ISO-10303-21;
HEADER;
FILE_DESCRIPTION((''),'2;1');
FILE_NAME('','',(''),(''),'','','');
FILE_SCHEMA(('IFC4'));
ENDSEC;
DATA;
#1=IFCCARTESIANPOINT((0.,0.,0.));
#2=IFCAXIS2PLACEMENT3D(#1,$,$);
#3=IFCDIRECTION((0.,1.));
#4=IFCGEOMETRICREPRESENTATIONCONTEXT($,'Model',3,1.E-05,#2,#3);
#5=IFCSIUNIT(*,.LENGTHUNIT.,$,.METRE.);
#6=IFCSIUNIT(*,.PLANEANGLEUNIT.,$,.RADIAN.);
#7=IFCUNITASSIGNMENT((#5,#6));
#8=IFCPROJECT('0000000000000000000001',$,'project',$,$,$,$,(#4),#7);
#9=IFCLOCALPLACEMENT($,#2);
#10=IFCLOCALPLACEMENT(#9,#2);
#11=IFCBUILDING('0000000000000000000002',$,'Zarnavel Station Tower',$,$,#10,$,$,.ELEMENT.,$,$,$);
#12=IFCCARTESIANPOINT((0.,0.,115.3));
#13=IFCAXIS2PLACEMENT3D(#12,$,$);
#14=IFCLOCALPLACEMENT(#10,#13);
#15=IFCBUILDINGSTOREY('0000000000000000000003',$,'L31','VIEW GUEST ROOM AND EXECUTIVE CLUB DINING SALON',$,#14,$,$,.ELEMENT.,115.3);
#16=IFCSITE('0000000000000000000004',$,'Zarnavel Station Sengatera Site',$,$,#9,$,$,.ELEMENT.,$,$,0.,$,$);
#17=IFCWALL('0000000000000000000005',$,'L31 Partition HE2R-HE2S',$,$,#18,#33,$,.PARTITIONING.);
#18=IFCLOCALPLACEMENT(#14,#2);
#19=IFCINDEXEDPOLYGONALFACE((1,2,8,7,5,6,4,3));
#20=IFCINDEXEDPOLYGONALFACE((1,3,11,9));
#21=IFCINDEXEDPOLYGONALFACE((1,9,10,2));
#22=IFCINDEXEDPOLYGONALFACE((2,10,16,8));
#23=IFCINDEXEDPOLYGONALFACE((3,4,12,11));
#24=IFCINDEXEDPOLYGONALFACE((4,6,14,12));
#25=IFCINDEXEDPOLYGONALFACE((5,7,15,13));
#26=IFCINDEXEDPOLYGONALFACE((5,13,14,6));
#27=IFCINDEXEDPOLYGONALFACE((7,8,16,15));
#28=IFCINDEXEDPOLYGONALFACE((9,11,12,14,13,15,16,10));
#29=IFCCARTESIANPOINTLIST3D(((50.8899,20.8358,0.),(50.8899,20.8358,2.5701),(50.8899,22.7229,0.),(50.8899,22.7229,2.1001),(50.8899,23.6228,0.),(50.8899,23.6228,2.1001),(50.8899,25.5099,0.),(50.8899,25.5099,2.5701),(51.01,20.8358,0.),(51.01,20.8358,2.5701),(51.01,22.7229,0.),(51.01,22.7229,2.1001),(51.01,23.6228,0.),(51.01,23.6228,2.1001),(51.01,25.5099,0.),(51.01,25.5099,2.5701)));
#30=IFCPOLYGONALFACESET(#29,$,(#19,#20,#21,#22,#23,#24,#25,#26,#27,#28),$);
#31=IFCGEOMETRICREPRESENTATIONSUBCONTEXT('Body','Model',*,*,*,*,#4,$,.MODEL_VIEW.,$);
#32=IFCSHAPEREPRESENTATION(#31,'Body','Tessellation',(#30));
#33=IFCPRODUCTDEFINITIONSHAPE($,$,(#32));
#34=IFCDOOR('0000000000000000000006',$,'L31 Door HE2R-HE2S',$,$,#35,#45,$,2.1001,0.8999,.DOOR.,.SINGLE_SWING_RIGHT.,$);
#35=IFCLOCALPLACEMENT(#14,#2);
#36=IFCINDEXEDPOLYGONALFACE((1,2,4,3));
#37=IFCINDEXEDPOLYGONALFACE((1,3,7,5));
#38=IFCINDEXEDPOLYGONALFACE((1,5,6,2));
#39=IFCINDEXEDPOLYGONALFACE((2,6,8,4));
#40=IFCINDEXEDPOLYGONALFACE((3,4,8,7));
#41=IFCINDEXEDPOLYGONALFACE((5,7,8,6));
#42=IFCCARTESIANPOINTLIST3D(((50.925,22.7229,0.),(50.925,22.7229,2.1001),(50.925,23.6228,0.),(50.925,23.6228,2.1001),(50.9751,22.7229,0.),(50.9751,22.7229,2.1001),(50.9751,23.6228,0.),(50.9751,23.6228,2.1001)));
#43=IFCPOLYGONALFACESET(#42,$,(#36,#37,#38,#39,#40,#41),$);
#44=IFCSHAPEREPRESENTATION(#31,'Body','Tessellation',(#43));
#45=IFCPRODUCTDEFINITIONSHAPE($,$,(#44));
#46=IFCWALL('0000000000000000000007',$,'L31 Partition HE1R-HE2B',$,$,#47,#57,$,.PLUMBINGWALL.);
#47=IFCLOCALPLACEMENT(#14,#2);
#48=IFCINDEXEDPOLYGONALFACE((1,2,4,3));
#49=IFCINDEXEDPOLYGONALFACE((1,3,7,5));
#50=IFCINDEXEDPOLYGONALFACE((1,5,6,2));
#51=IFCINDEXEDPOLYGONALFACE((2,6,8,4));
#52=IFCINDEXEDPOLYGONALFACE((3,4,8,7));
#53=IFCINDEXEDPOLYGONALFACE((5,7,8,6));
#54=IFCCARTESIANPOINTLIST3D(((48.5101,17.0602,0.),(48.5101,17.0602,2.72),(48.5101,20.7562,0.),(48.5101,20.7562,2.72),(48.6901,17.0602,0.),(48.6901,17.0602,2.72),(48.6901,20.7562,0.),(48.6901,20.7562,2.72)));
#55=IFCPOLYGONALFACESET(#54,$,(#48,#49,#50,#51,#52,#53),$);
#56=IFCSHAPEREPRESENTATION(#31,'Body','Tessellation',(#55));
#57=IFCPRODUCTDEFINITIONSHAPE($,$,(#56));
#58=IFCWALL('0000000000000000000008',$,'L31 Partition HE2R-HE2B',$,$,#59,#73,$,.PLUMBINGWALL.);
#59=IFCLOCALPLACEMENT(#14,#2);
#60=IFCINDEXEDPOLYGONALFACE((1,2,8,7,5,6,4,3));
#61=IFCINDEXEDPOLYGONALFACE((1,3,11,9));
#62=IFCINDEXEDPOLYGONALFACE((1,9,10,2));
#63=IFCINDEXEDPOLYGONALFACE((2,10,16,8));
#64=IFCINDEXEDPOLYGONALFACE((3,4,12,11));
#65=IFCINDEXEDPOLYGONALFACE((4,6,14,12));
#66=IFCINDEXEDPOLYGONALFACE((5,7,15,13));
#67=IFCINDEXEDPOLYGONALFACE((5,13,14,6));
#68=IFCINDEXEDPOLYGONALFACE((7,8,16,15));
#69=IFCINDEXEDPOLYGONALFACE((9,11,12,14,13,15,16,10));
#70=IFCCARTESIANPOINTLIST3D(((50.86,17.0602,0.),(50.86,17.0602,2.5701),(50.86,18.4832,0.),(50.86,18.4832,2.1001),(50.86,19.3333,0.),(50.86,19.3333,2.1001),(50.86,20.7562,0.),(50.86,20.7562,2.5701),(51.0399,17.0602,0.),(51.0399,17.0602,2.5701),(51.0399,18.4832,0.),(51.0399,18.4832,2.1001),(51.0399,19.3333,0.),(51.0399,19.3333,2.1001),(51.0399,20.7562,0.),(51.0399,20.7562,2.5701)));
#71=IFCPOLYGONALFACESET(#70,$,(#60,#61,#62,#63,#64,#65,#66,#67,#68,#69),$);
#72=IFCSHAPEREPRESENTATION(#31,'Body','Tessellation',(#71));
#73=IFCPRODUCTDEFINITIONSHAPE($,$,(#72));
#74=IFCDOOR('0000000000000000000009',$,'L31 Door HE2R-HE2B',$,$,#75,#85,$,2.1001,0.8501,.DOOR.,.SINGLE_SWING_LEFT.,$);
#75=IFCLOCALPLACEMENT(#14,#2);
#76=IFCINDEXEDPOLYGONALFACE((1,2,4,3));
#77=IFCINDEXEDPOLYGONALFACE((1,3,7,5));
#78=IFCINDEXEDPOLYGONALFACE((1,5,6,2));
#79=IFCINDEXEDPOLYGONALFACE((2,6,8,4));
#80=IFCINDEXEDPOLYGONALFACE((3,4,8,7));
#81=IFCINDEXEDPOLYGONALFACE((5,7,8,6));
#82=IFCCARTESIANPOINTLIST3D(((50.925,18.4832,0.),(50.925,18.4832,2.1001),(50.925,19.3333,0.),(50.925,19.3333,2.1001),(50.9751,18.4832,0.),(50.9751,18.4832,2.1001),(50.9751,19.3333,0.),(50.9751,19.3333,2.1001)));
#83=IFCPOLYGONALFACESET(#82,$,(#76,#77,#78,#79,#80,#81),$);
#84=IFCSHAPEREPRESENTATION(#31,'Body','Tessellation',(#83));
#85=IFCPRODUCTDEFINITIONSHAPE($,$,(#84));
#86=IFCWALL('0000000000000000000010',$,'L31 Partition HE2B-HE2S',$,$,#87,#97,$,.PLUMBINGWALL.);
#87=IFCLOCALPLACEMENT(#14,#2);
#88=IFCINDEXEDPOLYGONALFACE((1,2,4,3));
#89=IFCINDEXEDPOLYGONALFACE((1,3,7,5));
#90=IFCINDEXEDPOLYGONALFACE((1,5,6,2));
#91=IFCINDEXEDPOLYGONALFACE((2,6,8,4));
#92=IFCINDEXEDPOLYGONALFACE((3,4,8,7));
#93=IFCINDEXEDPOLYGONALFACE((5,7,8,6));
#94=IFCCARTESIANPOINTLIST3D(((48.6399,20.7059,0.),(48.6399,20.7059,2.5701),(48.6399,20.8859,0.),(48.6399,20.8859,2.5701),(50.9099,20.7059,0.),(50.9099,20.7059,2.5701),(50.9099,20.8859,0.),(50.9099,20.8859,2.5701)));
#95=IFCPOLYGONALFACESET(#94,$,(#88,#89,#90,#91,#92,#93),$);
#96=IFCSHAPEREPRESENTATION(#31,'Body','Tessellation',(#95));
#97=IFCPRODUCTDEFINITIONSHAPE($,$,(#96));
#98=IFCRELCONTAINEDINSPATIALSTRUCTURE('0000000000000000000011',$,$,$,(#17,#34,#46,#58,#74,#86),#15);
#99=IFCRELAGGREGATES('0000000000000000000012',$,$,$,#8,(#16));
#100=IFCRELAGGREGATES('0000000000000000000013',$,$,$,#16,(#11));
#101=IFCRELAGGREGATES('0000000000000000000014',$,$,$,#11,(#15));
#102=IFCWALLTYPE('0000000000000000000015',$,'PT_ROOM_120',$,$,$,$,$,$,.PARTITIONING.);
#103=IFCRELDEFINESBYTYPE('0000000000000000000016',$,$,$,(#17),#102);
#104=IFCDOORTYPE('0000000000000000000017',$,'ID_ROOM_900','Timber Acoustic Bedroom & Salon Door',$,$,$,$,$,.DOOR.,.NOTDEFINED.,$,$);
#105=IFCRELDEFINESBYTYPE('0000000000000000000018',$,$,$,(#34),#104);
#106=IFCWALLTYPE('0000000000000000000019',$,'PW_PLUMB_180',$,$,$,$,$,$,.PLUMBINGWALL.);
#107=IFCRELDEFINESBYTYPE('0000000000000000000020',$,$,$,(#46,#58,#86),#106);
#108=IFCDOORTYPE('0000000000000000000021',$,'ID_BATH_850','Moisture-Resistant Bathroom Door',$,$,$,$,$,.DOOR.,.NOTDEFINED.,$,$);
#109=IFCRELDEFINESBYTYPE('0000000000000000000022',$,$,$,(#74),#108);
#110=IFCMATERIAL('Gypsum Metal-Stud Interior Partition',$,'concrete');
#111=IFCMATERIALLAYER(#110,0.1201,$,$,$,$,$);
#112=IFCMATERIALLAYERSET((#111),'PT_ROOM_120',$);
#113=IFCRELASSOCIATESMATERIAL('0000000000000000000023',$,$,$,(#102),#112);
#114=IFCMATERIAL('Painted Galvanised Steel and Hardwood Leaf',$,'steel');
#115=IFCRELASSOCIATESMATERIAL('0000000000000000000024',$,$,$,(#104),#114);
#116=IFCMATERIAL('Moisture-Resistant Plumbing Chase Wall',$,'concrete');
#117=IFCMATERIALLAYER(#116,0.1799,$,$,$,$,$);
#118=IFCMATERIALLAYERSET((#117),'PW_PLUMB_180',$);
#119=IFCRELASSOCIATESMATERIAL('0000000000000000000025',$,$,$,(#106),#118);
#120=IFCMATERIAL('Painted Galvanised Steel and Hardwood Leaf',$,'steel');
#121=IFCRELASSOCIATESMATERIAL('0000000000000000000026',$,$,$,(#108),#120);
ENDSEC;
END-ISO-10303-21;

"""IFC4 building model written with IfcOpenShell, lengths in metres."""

from ifc_helpers import new_model, si_unit, direction, frame, frame_2d, origin, place, context, subcontext, project, spatial, rectangle, extrude, material, layer, layer_set, type_object, element, fill, save


model = new_model("IFC4")

# Units and contexts
model_context = context("Model", 3, precision=1e-05, world=origin(), true_north=direction((0.0, 1.0)))
body_context = subcontext(model_context, "Body", "Model", "MODEL_VIEW")
ifc_project = project(units=[si_unit("LENGTHUNIT", "METRE"), si_unit("PLANEANGLEUNIT", "RADIAN")], contexts=[model_context])

# Site, building, storey
site_placement = place(None, origin())
site = spatial("IfcSite", under=ifc_project, at=site_placement, Name="Zarnavel Station Sengatera Site", CompositionType="ELEMENT", RefElevation=0.0)
building_placement = place(site_placement, origin())
building = spatial("IfcBuilding", under=site, at=building_placement, Name="Zarnavel Station Tower", CompositionType="ELEMENT")
storey_placement = place(building_placement, frame((0.0, 0.0, 115.3)))
storey = spatial("IfcBuildingStorey", under=building, at=storey_placement, Name="L31", Description="VIEW GUEST ROOM AND EXECUTIVE CLUB DINING SALON", CompositionType="ELEMENT", Elevation=115.3)

# Wall, opening, door
ifc_material_1 = material(Name="Gypsum Metal-Stud Interior Partition", Category="concrete")
ifc_layer_1 = layer(ifc_material_1, 0.1201)
ifc_layer_set_1 = layer_set([ifc_layer_1], Name="PT_ROOM_120")
wall_type_1 = type_object("IfcWallType", Name="PT_ROOM_120", PredefinedType="PARTITIONING", material=ifc_layer_set_1)
wall_1_placement = place(storey_placement, frame((50.95, 20.8359, 0.0), z_axis=(0.0, 0.0, 1.0), x_axis=(0.0, 1.0, 0.0)))
wall_1 = element("IfcWall", 1, at=wall_1_placement, inside=storey, type_object=wall_type_1, Name="L31 Partition HE2R-HE2S", PredefinedType="PARTITIONING", context=body_context, shape_type="SweptSolid", body=[
    extrude(rectangle(XDim=4.6741, YDim=0.1201, at=frame_2d((2.3369, 0.0))), origin(), (0.0, 0.0, 1.0), 2.5701),
])
opening_1_placement = place(wall_1_placement, frame((1.887, 0.0, 0.0)))
opening_1 = element("IfcOpeningElement", 2, at=opening_1_placement, cuts=wall_1, PredefinedType="OPENING", context=body_context, shape_type="SweptSolid", body=[
    extrude(rectangle(XDim=0.8999, YDim=2.1001, at=frame_2d((0.45, 1.05))), frame((0.0, 0.0701, 0.0), z_axis=(0.0, -1.0, 0.0), x_axis=(1.0, 0.0, 0.0)), (0.0, 0.0, 1.0), 0.1401),
])
ifc_material_2 = material(Name="Painted Galvanised Steel and Hardwood Leaf", Category="steel")
door_type_1 = type_object("IfcDoorType", Name="ID_ROOM_900", Description="Timber Acoustic Bedroom & Salon Door", OperationType="NOTDEFINED", PredefinedType="DOOR", material=ifc_material_2)
door_1_placement = place(opening_1_placement, origin())
door_1 = element("IfcDoor", 3, at=door_1_placement, inside=storey, type_object=door_type_1, Name="L31 Door HE2R-HE2S", OperationType="SINGLE_SWING_RIGHT", OverallHeight=2.1001, OverallWidth=0.8999, PredefinedType="DOOR", context=body_context, shape_type="SweptSolid", body=[
    extrude(rectangle(XDim=0.8999, YDim=2.1001, at=frame_2d((0.45, 1.05))), frame((0.0, 0.0249, 0.0), z_axis=(0.0, -1.0, 0.0), x_axis=(1.0, 0.0, 0.0)), (0.0, 0.0, 1.0), 0.05),
])
fill(opening_1, door_1)

# Wall
ifc_material_3 = material(Name="Moisture-Resistant Plumbing Chase Wall", Category="concrete")
ifc_layer_2 = layer(ifc_material_3, 0.1799)
ifc_layer_set_2 = layer_set([ifc_layer_2], Name="PW_PLUMB_180")
wall_type_2 = type_object("IfcWallType", Name="PW_PLUMB_180", PredefinedType="PLUMBINGWALL", material=ifc_layer_set_2)
wall_2_placement = place(storey_placement, frame((48.6001, 17.0601, 0.0), z_axis=(0.0, 0.0, 1.0), x_axis=(0.0, 1.0, 0.0)))
element("IfcWall", 4, at=wall_2_placement, inside=storey, type_object=wall_type_2, Name="L31 Partition HE1R-HE2B", PredefinedType="PLUMBINGWALL", context=body_context, shape_type="SweptSolid", body=[
    extrude(rectangle(XDim=3.696, YDim=0.1799, at=frame_2d((1.8481, 0.0))), origin(), (0.0, 0.0, 1.0), 2.72),
])

# Wall, opening, door
wall_3_placement = place(storey_placement, frame((50.95, 17.0601, 0.0), z_axis=(0.0, 0.0, 1.0), x_axis=(0.0, 1.0, 0.0)))
wall_3 = element("IfcWall", 5, at=wall_3_placement, inside=storey, type_object=wall_type_2, Name="L31 Partition HE2R-HE2B", PredefinedType="PLUMBINGWALL", context=body_context, shape_type="SweptSolid", body=[
    extrude(rectangle(XDim=3.696, YDim=0.1799, at=frame_2d((1.8481, 0.0))), origin(), (0.0, 0.0, 1.0), 2.5701),
])
opening_2_placement = place(wall_3_placement, frame((1.4231, 0.0, 0.0)))
opening_2 = element("IfcOpeningElement", 6, at=opening_2_placement, cuts=wall_3, PredefinedType="OPENING", context=body_context, shape_type="SweptSolid", body=[
    extrude(rectangle(XDim=0.8501, YDim=2.1001, at=frame_2d((0.425, 1.05))), frame((0.0, 0.0999, 0.0), z_axis=(0.0, -1.0, 0.0), x_axis=(1.0, 0.0, 0.0)), (0.0, 0.0, 1.0), 0.2),
])
ifc_material_4 = material(Name="Painted Galvanised Steel and Hardwood Leaf", Category="steel")
door_type_2 = type_object("IfcDoorType", Name="ID_BATH_850", Description="Moisture-Resistant Bathroom Door", OperationType="NOTDEFINED", PredefinedType="DOOR", material=ifc_material_4)
door_2_placement = place(opening_2_placement, origin())
door_2 = element("IfcDoor", 7, at=door_2_placement, inside=storey, type_object=door_type_2, Name="L31 Door HE2R-HE2B", OperationType="SINGLE_SWING_LEFT", OverallHeight=2.1001, OverallWidth=0.8501, PredefinedType="DOOR", context=body_context, shape_type="SweptSolid", body=[
    extrude(rectangle(XDim=0.8501, YDim=2.1001, at=frame_2d((0.425, 1.05))), frame((0.0, 0.0249, 0.0), z_axis=(0.0, -1.0, 0.0), x_axis=(1.0, 0.0, 0.0)), (0.0, 0.0, 1.0), 0.05),
])
fill(opening_2, door_2)

# Wall
wall_4_placement = place(storey_placement, frame((48.6399, 20.7959, 0.0), z_axis=(0.0, 0.0, 1.0), x_axis=(1.0, 0.0, 0.0)))
element("IfcWall", 8, at=wall_4_placement, inside=storey, type_object=wall_type_2, Name="L31 Partition HE2B-HE2S", PredefinedType="PLUMBINGWALL", context=body_context, shape_type="SweptSolid", body=[
    extrude(rectangle(XDim=2.27, YDim=0.1799, at=frame_2d((1.135, 0.0))), origin(), (0.0, 0.0, 1.0), 2.5701),
])

save(model, "model.ifc")
